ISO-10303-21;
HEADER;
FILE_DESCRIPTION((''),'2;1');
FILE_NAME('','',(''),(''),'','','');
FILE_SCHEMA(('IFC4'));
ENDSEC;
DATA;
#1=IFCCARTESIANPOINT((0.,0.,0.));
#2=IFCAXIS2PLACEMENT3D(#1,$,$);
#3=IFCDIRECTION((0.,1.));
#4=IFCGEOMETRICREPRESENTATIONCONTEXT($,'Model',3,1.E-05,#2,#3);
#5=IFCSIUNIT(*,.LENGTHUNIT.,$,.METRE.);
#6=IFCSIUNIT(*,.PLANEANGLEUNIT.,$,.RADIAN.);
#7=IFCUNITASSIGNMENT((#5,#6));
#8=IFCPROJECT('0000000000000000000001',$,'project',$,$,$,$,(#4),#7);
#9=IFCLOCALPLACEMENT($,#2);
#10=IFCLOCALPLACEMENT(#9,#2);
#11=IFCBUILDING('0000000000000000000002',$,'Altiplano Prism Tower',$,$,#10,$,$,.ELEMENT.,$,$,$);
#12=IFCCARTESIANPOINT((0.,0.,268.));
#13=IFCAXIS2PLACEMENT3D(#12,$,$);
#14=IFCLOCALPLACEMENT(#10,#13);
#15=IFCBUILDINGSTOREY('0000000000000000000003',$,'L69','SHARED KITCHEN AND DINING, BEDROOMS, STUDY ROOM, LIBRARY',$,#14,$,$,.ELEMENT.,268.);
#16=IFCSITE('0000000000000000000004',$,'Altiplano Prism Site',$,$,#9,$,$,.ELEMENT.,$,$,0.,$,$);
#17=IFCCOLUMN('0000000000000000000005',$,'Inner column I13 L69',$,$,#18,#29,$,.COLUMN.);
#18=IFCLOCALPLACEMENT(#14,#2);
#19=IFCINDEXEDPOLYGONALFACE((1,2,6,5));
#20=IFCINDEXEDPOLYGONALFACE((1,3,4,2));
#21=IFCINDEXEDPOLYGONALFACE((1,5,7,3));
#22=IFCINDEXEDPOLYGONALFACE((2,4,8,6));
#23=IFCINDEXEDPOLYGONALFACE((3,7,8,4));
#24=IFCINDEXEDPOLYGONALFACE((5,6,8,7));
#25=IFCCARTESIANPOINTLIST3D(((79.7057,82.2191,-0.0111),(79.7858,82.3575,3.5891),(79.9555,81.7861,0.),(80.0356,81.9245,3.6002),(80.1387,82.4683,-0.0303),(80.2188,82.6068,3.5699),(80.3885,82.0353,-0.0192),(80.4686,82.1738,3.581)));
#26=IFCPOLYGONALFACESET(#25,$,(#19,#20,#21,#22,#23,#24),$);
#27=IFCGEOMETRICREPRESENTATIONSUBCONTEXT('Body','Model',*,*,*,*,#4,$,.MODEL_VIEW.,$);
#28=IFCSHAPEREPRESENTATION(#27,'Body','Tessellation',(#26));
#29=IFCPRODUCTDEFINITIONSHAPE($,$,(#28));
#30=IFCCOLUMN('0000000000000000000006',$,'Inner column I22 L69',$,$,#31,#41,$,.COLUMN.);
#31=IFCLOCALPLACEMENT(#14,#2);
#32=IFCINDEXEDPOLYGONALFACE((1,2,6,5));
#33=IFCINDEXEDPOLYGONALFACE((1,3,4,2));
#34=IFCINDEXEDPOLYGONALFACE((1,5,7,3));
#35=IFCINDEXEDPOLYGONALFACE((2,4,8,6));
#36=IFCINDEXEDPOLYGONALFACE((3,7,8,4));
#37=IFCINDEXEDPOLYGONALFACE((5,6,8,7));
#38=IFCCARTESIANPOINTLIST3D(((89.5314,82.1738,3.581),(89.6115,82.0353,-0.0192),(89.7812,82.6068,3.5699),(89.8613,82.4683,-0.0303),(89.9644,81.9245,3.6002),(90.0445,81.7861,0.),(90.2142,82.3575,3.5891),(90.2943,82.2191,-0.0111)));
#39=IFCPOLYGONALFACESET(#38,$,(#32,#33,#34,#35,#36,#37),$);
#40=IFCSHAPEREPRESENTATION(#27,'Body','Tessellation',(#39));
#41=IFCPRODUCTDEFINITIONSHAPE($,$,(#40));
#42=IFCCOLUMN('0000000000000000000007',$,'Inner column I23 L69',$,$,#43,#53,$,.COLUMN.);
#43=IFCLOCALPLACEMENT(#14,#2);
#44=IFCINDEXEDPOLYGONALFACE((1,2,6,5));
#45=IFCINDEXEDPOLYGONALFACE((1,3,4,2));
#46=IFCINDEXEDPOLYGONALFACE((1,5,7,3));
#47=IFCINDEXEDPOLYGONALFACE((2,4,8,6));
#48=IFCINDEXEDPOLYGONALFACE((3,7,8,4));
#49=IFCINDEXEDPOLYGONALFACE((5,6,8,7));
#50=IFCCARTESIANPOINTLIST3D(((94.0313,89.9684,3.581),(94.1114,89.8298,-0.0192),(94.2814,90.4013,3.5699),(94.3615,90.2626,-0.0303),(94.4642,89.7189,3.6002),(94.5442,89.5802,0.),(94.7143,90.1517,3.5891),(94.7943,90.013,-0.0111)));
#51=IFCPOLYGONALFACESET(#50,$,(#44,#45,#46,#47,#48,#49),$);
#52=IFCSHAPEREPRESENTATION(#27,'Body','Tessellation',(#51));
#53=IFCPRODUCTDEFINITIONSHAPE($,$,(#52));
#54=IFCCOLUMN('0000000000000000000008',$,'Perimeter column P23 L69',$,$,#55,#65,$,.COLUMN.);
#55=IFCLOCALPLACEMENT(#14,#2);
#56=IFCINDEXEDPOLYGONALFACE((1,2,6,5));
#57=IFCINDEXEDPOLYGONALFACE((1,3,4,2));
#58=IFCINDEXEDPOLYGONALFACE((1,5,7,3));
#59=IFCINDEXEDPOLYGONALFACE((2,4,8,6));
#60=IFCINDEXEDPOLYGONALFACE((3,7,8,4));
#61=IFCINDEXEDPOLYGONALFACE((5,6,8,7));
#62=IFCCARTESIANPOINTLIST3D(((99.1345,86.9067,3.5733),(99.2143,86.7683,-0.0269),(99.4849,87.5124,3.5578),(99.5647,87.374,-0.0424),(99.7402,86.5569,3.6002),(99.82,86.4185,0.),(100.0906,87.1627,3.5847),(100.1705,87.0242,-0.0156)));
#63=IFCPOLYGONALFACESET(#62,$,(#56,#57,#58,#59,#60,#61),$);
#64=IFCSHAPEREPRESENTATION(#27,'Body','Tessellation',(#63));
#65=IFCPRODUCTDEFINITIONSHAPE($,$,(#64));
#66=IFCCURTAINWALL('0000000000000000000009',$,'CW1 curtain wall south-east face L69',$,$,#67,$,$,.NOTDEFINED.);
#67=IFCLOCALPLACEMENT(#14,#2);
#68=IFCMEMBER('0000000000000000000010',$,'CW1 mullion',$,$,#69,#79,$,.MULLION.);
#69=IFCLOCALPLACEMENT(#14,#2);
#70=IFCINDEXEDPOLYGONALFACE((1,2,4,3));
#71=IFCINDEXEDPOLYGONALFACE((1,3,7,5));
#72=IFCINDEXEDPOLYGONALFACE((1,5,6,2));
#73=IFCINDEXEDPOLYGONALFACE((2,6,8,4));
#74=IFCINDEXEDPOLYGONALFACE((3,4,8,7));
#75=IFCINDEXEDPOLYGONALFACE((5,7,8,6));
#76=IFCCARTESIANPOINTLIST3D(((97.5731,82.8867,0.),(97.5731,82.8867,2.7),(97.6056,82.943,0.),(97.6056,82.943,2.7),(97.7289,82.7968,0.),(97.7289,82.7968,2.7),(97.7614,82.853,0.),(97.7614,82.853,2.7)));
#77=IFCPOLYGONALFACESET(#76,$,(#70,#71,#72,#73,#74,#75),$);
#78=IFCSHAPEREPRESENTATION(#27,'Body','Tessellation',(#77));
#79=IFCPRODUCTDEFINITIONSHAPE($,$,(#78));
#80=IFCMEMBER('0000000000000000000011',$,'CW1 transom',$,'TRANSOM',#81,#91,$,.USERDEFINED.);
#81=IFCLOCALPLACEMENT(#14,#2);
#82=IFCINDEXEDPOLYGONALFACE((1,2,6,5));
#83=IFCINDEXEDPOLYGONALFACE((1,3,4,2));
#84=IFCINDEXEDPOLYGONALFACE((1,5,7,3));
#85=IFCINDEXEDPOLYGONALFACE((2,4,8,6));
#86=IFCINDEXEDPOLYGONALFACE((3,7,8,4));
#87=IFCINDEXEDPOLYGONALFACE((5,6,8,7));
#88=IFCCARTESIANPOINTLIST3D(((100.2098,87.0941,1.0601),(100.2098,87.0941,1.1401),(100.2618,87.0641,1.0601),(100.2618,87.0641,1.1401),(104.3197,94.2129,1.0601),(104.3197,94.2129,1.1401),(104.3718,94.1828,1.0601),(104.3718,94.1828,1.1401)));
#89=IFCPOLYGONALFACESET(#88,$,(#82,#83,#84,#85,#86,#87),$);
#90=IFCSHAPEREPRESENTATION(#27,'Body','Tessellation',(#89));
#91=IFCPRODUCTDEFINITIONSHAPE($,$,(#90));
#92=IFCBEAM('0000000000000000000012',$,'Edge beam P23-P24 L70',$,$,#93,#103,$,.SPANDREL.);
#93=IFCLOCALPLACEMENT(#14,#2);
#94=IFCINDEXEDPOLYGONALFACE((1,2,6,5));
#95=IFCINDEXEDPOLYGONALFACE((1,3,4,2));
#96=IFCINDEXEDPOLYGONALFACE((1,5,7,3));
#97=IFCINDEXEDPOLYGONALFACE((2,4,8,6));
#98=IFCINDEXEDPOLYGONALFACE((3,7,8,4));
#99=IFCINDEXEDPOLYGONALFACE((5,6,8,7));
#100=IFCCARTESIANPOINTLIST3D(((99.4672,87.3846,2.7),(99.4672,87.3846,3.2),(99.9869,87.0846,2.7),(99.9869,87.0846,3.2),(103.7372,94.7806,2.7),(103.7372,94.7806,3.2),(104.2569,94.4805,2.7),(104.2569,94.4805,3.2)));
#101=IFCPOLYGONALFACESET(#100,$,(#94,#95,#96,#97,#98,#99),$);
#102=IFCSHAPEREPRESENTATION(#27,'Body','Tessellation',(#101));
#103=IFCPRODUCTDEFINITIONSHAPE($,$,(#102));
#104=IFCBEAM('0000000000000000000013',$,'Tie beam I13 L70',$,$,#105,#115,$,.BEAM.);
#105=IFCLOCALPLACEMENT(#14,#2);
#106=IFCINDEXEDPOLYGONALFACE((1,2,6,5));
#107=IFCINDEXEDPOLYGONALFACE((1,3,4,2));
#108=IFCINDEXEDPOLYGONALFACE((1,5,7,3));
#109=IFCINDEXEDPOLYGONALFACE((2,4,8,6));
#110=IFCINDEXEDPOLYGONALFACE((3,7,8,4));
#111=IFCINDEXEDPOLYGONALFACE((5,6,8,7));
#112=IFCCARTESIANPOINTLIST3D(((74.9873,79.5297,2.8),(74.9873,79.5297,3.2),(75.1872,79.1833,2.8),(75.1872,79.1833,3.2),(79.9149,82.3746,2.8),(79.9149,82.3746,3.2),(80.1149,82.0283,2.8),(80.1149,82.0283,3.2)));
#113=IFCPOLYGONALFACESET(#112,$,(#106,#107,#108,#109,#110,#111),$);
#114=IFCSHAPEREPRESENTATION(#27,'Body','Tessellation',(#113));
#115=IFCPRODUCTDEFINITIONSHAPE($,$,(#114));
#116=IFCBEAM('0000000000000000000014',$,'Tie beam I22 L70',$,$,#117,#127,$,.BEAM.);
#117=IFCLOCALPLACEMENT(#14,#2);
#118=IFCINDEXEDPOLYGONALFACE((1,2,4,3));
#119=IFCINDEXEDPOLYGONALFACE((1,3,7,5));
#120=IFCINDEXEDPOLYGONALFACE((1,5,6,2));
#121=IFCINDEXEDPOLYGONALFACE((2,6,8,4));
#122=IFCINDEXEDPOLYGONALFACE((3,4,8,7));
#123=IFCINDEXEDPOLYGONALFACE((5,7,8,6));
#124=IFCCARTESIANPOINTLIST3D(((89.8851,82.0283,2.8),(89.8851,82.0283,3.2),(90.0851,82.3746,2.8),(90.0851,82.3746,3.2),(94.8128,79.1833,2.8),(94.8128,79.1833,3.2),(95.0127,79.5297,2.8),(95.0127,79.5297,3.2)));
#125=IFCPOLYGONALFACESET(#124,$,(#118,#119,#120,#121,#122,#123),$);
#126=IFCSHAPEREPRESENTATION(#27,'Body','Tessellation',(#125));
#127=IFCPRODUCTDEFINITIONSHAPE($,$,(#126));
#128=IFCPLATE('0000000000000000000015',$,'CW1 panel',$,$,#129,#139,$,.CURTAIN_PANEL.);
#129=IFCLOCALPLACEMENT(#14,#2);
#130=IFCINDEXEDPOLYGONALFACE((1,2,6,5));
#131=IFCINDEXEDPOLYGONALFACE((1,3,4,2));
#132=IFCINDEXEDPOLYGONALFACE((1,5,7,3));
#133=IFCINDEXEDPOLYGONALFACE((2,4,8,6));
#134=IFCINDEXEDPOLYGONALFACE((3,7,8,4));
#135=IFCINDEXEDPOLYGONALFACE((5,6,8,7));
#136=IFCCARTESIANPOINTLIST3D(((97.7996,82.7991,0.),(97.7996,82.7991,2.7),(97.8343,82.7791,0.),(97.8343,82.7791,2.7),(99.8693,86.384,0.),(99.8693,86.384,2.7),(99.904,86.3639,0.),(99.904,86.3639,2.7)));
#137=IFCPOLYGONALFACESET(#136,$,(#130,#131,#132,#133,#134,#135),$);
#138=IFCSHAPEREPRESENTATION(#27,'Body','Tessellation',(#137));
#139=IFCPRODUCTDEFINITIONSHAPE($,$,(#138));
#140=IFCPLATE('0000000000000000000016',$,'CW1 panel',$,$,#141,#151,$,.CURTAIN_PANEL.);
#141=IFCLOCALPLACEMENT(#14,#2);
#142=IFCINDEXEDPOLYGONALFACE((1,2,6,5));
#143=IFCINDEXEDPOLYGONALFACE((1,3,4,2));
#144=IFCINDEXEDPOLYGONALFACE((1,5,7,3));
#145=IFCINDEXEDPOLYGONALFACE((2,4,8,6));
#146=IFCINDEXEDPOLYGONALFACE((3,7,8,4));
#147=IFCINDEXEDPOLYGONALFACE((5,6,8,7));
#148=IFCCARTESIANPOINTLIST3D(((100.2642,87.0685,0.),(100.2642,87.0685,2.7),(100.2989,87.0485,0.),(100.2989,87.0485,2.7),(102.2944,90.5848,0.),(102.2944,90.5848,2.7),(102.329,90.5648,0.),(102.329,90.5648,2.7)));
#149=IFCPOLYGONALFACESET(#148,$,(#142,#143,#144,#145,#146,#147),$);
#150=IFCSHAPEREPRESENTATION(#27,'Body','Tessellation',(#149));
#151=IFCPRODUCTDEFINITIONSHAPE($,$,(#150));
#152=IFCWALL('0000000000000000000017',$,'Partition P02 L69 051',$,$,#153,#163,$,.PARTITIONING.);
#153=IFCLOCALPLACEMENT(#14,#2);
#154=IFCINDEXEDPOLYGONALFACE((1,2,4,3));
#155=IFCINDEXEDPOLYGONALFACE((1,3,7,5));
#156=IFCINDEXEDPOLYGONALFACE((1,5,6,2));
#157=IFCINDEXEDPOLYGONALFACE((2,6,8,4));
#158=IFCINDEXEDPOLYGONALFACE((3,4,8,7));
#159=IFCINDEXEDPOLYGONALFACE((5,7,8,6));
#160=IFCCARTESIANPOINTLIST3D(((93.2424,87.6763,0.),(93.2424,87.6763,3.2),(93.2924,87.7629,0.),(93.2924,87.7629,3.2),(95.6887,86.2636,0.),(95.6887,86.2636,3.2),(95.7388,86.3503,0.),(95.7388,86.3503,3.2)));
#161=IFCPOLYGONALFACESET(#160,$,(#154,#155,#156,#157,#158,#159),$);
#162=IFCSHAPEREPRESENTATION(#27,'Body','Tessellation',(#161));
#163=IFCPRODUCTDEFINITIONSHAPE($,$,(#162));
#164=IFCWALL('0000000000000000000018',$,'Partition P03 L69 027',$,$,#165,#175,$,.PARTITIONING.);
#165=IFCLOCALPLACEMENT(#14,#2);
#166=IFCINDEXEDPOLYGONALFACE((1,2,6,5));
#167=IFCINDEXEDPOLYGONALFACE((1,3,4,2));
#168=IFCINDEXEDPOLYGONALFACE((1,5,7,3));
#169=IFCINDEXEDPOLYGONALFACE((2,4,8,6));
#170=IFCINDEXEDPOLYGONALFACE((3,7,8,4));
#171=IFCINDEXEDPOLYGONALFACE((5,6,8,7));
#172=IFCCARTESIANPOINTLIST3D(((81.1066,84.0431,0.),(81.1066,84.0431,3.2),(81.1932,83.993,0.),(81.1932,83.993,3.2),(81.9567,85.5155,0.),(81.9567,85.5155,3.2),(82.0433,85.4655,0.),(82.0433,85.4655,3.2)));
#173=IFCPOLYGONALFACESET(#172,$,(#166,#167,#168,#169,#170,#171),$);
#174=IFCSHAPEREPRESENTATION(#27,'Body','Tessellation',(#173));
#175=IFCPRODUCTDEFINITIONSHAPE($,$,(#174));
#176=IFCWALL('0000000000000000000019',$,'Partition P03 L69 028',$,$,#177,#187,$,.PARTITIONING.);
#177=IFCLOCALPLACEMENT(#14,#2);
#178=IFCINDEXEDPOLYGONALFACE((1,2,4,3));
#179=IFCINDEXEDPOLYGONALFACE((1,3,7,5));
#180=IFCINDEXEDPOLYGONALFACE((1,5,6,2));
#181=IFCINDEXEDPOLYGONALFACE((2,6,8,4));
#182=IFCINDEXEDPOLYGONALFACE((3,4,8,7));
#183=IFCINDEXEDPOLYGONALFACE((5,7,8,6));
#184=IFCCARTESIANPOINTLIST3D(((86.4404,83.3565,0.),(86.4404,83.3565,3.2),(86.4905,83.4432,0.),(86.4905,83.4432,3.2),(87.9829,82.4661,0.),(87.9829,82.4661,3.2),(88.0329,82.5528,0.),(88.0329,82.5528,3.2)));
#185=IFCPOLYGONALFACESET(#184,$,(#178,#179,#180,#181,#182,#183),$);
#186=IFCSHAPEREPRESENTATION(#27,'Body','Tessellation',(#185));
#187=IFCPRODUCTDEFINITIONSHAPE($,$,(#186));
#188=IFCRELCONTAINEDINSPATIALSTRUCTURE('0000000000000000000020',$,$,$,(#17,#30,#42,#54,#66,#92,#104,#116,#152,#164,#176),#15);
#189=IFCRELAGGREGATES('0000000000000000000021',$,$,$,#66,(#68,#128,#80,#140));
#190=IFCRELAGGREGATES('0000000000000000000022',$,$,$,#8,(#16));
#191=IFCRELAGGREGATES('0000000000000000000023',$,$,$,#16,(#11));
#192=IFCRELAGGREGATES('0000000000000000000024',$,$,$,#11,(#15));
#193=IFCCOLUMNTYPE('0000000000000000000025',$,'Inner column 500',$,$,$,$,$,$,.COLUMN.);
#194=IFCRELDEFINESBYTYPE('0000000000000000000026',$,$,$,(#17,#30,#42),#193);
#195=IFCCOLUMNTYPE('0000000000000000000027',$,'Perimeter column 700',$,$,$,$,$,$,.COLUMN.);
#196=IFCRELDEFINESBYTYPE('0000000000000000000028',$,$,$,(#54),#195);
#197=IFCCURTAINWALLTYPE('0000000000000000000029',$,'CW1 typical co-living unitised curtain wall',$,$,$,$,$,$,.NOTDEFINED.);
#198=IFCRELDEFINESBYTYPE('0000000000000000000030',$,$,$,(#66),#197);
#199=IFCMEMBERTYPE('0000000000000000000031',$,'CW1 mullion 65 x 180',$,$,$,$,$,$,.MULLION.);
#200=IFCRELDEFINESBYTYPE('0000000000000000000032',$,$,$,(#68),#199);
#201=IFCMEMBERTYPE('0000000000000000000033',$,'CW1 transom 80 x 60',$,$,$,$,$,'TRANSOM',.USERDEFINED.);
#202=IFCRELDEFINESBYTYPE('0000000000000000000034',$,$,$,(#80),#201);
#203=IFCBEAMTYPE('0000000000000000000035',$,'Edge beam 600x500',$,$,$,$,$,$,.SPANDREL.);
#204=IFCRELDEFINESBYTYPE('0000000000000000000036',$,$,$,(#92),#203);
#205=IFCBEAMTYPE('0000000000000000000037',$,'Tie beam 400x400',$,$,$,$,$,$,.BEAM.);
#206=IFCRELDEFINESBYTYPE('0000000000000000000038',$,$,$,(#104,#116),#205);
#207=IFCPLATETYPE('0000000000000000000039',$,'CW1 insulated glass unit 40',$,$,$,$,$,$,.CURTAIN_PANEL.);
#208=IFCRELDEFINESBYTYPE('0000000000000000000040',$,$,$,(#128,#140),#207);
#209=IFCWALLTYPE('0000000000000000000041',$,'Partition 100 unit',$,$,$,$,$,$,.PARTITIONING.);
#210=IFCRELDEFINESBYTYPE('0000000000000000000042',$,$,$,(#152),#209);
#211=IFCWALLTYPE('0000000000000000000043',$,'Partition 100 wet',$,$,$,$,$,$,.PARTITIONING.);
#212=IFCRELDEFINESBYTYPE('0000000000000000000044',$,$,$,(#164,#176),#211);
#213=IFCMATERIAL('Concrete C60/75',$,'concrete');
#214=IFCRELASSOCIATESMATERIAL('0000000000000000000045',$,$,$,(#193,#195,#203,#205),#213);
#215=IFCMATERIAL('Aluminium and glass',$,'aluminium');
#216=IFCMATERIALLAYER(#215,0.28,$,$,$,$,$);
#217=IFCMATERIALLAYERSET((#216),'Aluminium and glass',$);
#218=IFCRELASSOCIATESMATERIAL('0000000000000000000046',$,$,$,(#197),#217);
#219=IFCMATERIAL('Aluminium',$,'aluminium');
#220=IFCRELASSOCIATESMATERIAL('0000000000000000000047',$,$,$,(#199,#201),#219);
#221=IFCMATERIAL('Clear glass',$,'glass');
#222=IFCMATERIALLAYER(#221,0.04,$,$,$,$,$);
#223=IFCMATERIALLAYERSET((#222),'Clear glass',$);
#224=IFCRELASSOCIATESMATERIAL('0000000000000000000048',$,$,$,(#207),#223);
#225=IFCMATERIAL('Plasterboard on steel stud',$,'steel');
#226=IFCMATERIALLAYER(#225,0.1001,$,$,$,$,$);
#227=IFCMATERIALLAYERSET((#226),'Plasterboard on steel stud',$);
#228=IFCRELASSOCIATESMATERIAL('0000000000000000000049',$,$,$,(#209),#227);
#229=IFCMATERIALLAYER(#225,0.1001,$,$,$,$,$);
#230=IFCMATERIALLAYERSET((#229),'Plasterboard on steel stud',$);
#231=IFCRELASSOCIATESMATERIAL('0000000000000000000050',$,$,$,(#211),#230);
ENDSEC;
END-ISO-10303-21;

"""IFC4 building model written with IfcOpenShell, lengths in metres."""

from ifc_helpers import new_model, si_unit, direction, frame, frame_2d, origin, origin_2d, place, context, subcontext, project, spatial, rectangle, extrude, material, layer, layer_set, material_profile, profile_set, type_object, element, aggregate, save


model = new_model("IFC4")

# Units and contexts
model_context = context("Model", 3, precision=1e-05, world=origin(), true_north=direction((0.0, 1.0)))
body_context = subcontext(model_context, "Body", "Model", "MODEL_VIEW")
ifc_project = project(units=[si_unit("LENGTHUNIT", "METRE"), si_unit("PLANEANGLEUNIT", "RADIAN")], contexts=[model_context])

# Site, building, storey
site_placement = place(None, origin())
site = spatial("IfcSite", under=ifc_project, at=site_placement, Name="Altiplano Prism Site", CompositionType="ELEMENT", RefElevation=0.0)
building_placement = place(site_placement, origin())
building = spatial("IfcBuilding", under=site, at=building_placement, Name="Altiplano Prism Tower", CompositionType="ELEMENT")
storey_placement = place(building_placement, frame((0.0, 0.0, 268.0)))
storey = spatial("IfcBuildingStorey", under=building, at=storey_placement, Name="L69", Description="SHARED KITCHEN AND DINING, BEDROOMS, STUDY ROOM, LIBRARY", CompositionType="ELEMENT", Elevation=268.0)

# Columns
ifc_material_1 = material(Name="Concrete C60/75", Category="concrete")
ifc_material_profile_1 = material_profile(ifc_material_1, rectangle(XDim=0.5, YDim=0.5, at=origin_2d()), Name="Inner column 500")
ifc_profile_set_1 = profile_set([ifc_material_profile_1], Name="Concrete C60/75")
column_type_1 = type_object("IfcColumnType", Name="Inner column 500", PredefinedType="COLUMN", material=ifc_profile_set_1)
for number, where, z_axis, x_axis, name in (
    (1, (80.0471, 82.1272, -0.0151), (0.022221, 0.038413, 0.999015), (-0.866021, -0.498528, 0.038432), "Inner column I13 L69"),
    (2, (89.9529, 82.1272, -0.0151), (-0.022221, 0.038413, 0.999015), (-0.499513, -0.866022, 0.022189), "Inner column I22 L69"),
    (3, (94.4529, 89.9214, -0.0151), (-0.022221, 0.038481, 0.999012), (-0.50017, -0.865642, 0.022218), "Inner column I23 L69"),
):
    element("IfcColumn", number, at=place(storey_placement, frame(where, z_axis=z_axis, x_axis=x_axis)), inside=storey, type_object=column_type_1, Name=name, PredefinedType="COLUMN", context=body_context, shape_type="SweptSolid", body=[
        extrude(rectangle(XDim=0.5, YDim=0.5, at=origin_2d()), origin(), (0.0, 0.0, 1.0), 3.6038),
    ])
ifc_material_profile_2 = material_profile(ifc_material_1, rectangle(XDim=0.7, YDim=0.7, at=origin_2d()), Name="Perimeter column 700")
ifc_profile_set_2 = profile_set([ifc_material_profile_2], Name="Concrete C60/75")
column_type_2 = type_object("IfcColumnType", Name="Perimeter column 700", PredefinedType="COLUMN", material=ifc_profile_set_2)
column_placement = place(storey_placement, frame((99.6924, 86.8962, -0.0212), z_axis=(-0.022154, 0.038413, 0.999016), x_axis=(-0.500653, -0.865364, 0.022172)))
element("IfcColumn", 4, at=column_placement, inside=storey, type_object=column_type_2, Name="Perimeter column P23 L69", PredefinedType="COLUMN", context=body_context, shape_type="SweptSolid", body=[
    extrude(rectangle(XDim=0.7, YDim=0.7, at=origin_2d()), origin(), (0.0, 0.0, 1.0), 3.6038),
])

# Curtain wall, members
ifc_material_2 = material(Name="Aluminium and glass", Category="aluminium")
ifc_layer_1 = layer(ifc_material_2, 0.28)
ifc_layer_set_1 = layer_set([ifc_layer_1], Name="Aluminium and glass")
curtain_wall_type = type_object("IfcCurtainWallType", Name="CW1 typical co-living unitised curtain wall", PredefinedType="NOTDEFINED", material=ifc_layer_set_1)
curtain_wall_placement = place(storey_placement, origin())
curtain_wall = element("IfcCurtainWall", 5, at=curtain_wall_placement, inside=storey, type_object=curtain_wall_type, Name="CW1 curtain wall south-east face L69", PredefinedType="NOTDEFINED")
ifc_material_3 = material(Name="Aluminium", Category="aluminium")
ifc_material_profile_3 = material_profile(ifc_material_3, rectangle(XDim=0.1799, YDim=0.0649, at=origin_2d()), Name="CW1 mullion 65 x 180")
ifc_profile_set_3 = profile_set([ifc_material_profile_3], Name="Aluminium")
member_type_1 = type_object("IfcMemberType", Name="CW1 mullion 65 x 180", PredefinedType="MULLION", material=ifc_profile_set_3)
member_1_placement = place(storey_placement, frame((97.6672, 82.8699, 0.0), z_axis=(0.0, 0.0, 1.0), x_axis=(-0.866025, 0.5, 0.0)))
member_1 = element("IfcMember", 6, at=member_1_placement, type_object=member_type_1, Name="CW1 mullion", PredefinedType="MULLION", context=body_context, shape_type="SweptSolid", body=[
    extrude(rectangle(XDim=0.1799, YDim=0.0649, at=origin_2d()), origin(), (0.0, 0.0, 1.0), 2.7),
])
ifc_material_profile_4 = material_profile(ifc_material_3, rectangle(XDim=0.0601, YDim=0.0801, at=origin_2d()), Name="CW1 transom 80 x 60")
ifc_profile_set_4 = profile_set([ifc_material_profile_4], Name="Aluminium")
member_type_2 = type_object("IfcMemberType", Name="CW1 transom 80 x 60", ElementType="TRANSOM", PredefinedType="USERDEFINED", material=ifc_profile_set_4)
member_2_placement = place(storey_placement, frame((100.2358, 87.0791, 1.1001), z_axis=(0.499992, 0.86603, 0.0), x_axis=(-0.86603, 0.499992, 0.0)))
member_2 = element("IfcMember", 7, at=member_2_placement, type_object=member_type_2, Name="CW1 transom", ObjectType="TRANSOM", PredefinedType="USERDEFINED", context=body_context, shape_type="SweptSolid", body=[
    extrude(rectangle(XDim=0.0601, YDim=0.0801, at=origin_2d()), origin(), (0.0, 0.0, 1.0), 8.22),
])

# Beams
ifc_material_profile_5 = material_profile(ifc_material_1, rectangle(XDim=0.6001, YDim=0.5, at=origin_2d()), Name="Edge beam 600x500")
ifc_profile_set_5 = profile_set([ifc_material_profile_5], Name="Concrete C60/75")
beam_type_1 = type_object("IfcBeamType", Name="Edge beam 600x500", PredefinedType="SPANDREL", material=ifc_profile_set_5)
beam_placement = place(storey_placement, frame((99.7271, 87.2346, 2.95), z_axis=(0.499995, 0.866028, 0.0), x_axis=(-0.866028, 0.499995, 0.0)))
element("IfcBeam", 8, at=beam_placement, inside=storey, type_object=beam_type_1, Name="Edge beam P23-P24 L70", PredefinedType="SPANDREL", context=body_context, shape_type="SweptSolid", body=[
    extrude(rectangle(XDim=0.6001, YDim=0.5, at=origin_2d()), origin(), (0.0, 0.0, 1.0), 8.54),
])
ifc_material_profile_6 = material_profile(ifc_material_1, rectangle(XDim=0.3999, YDim=0.3999, at=origin_2d()), Name="Tie beam 400x400")
ifc_profile_set_6 = profile_set([ifc_material_profile_6], Name="Concrete C60/75")
beam_type_2 = type_object("IfcBeamType", Name="Tie beam 400x400", PredefinedType="BEAM", material=ifc_profile_set_6)
for number, where, z_axis, x_axis, name in (
    (9, (80.0149, 82.2014, 3.0), (-0.86603, -0.499992, 0.0), (0.499992, -0.86603, 0.0), "Tie beam I13 L70"),
    (10, (89.9851, 82.2014, 3.0), (0.86603, -0.499992, 0.0), (0.499992, 0.86603, 0.0), "Tie beam I22 L70"),
):
    element("IfcBeam", number, at=place(storey_placement, frame(where, z_axis=z_axis, x_axis=x_axis)), inside=storey, type_object=beam_type_2, Name=name, PredefinedType="BEAM", context=body_context, shape_type="SweptSolid", body=[
        extrude(rectangle(XDim=0.3999, YDim=0.3999, at=origin_2d()), origin(), (0.0, 0.0, 1.0), 5.6899),
    ])

# Plates
ifc_material_4 = material(Name="Clear glass", Category="glass")
ifc_layer_2 = layer(ifc_material_4, 0.04)
ifc_layer_set_2 = layer_set([ifc_layer_2], Name="Clear glass")
plate_type = type_object("IfcPlateType", Name="CW1 insulated glass unit 40", PredefinedType="CURTAIN_PANEL", material=ifc_layer_set_2)
plate_1_placement = place(storey_placement, frame((98.8518, 84.5815, 0.0), z_axis=(0.0, 0.0, 1.0), x_axis=(0.5, 0.866025, 0.0)))
plate_1 = element("IfcPlate", 11, at=plate_1_placement, type_object=plate_type, Name="CW1 panel", PredefinedType="CURTAIN_PANEL", context=body_context, shape_type="SweptSolid", body=[
    extrude(rectangle(XDim=4.1394, YDim=0.04, at=origin_2d()), origin(), (0.0, 0.0, 1.0), 2.7),
])
plate_2_placement = place(storey_placement, frame((101.2966, 88.8167, 0.0), z_axis=(0.0, 0.0, 1.0), x_axis=(0.5, 0.866025, 0.0)))
plate_2 = element("IfcPlate", 12, at=plate_2_placement, type_object=plate_type, Name="CW1 panel", PredefinedType="CURTAIN_PANEL", context=body_context, shape_type="SweptSolid", body=[
    extrude(rectangle(XDim=4.0603, YDim=0.04, at=origin_2d()), origin(), (0.0, 0.0, 1.0), 2.7),
])
aggregate(curtain_wall, [member_1, plate_1, member_2, plate_2])

# Walls
ifc_material_5 = material(Name="Plasterboard on steel stud", Category="steel")
ifc_layer_3 = layer(ifc_material_5, 0.1001)
ifc_layer_set_3 = layer_set([ifc_layer_3], Name="Plasterboard on steel stud")
wall_type_1 = type_object("IfcWallType", Name="Partition 100 unit", PredefinedType="PARTITIONING", material=ifc_layer_set_3)
wall_1_placement = place(storey_placement, frame((95.7139, 86.3069, 0.0), z_axis=(0.0, 0.0, 1.0), x_axis=(-0.86599, 0.500062, 0.0)))
element("IfcWall", 13, at=wall_1_placement, inside=storey, type_object=wall_type_1, Name="Partition P02 L69 051", PredefinedType="PARTITIONING", context=body_context, shape_type="SweptSolid", body=[
    extrude(rectangle(XDim=2.825, YDim=0.1001, at=frame_2d((1.4126, 0.0))), origin(), (0.0, 0.0, 1.0), 3.2),
])
ifc_layer_4 = layer(ifc_material_5, 0.1001)
ifc_layer_set_4 = layer_set([ifc_layer_4], Name="Plasterboard on steel stud")
wall_type_2 = type_object("IfcWallType", Name="Partition 100 wet", PredefinedType="PARTITIONING", material=ifc_layer_set_4)
wall_2_placement = place(storey_placement, frame((81.1499, 84.0181, 0.0), z_axis=(0.0, 0.0, 1.0), x_axis=(0.5, 0.866025, 0.0)))
element("IfcWall", 14, at=wall_2_placement, inside=storey, type_object=wall_type_2, Name="Partition P03 L69 027", PredefinedType="PARTITIONING", context=body_context, shape_type="SweptSolid", body=[
    extrude(rectangle(XDim=1.7002, YDim=0.1001, at=frame_2d((0.8501, 0.0))), origin(), (0.0, 0.0, 1.0), 3.2),
])
wall_3_placement = place(storey_placement, frame((86.4653, 83.3999, 0.0), z_axis=(0.0, 0.0, 1.0), x_axis=(0.866067, -0.499928, 0.0)))
element("IfcWall", 15, at=wall_3_placement, inside=storey, type_object=wall_type_2, Name="Partition P03 L69 028", PredefinedType="PARTITIONING", context=body_context, shape_type="SweptSolid", body=[
    extrude(rectangle(XDim=1.781, YDim=0.1001, at=frame_2d((0.8906, 0.0))), origin(), (0.0, 0.0, 1.0), 3.2),
])

save(model, "model.ifc")
